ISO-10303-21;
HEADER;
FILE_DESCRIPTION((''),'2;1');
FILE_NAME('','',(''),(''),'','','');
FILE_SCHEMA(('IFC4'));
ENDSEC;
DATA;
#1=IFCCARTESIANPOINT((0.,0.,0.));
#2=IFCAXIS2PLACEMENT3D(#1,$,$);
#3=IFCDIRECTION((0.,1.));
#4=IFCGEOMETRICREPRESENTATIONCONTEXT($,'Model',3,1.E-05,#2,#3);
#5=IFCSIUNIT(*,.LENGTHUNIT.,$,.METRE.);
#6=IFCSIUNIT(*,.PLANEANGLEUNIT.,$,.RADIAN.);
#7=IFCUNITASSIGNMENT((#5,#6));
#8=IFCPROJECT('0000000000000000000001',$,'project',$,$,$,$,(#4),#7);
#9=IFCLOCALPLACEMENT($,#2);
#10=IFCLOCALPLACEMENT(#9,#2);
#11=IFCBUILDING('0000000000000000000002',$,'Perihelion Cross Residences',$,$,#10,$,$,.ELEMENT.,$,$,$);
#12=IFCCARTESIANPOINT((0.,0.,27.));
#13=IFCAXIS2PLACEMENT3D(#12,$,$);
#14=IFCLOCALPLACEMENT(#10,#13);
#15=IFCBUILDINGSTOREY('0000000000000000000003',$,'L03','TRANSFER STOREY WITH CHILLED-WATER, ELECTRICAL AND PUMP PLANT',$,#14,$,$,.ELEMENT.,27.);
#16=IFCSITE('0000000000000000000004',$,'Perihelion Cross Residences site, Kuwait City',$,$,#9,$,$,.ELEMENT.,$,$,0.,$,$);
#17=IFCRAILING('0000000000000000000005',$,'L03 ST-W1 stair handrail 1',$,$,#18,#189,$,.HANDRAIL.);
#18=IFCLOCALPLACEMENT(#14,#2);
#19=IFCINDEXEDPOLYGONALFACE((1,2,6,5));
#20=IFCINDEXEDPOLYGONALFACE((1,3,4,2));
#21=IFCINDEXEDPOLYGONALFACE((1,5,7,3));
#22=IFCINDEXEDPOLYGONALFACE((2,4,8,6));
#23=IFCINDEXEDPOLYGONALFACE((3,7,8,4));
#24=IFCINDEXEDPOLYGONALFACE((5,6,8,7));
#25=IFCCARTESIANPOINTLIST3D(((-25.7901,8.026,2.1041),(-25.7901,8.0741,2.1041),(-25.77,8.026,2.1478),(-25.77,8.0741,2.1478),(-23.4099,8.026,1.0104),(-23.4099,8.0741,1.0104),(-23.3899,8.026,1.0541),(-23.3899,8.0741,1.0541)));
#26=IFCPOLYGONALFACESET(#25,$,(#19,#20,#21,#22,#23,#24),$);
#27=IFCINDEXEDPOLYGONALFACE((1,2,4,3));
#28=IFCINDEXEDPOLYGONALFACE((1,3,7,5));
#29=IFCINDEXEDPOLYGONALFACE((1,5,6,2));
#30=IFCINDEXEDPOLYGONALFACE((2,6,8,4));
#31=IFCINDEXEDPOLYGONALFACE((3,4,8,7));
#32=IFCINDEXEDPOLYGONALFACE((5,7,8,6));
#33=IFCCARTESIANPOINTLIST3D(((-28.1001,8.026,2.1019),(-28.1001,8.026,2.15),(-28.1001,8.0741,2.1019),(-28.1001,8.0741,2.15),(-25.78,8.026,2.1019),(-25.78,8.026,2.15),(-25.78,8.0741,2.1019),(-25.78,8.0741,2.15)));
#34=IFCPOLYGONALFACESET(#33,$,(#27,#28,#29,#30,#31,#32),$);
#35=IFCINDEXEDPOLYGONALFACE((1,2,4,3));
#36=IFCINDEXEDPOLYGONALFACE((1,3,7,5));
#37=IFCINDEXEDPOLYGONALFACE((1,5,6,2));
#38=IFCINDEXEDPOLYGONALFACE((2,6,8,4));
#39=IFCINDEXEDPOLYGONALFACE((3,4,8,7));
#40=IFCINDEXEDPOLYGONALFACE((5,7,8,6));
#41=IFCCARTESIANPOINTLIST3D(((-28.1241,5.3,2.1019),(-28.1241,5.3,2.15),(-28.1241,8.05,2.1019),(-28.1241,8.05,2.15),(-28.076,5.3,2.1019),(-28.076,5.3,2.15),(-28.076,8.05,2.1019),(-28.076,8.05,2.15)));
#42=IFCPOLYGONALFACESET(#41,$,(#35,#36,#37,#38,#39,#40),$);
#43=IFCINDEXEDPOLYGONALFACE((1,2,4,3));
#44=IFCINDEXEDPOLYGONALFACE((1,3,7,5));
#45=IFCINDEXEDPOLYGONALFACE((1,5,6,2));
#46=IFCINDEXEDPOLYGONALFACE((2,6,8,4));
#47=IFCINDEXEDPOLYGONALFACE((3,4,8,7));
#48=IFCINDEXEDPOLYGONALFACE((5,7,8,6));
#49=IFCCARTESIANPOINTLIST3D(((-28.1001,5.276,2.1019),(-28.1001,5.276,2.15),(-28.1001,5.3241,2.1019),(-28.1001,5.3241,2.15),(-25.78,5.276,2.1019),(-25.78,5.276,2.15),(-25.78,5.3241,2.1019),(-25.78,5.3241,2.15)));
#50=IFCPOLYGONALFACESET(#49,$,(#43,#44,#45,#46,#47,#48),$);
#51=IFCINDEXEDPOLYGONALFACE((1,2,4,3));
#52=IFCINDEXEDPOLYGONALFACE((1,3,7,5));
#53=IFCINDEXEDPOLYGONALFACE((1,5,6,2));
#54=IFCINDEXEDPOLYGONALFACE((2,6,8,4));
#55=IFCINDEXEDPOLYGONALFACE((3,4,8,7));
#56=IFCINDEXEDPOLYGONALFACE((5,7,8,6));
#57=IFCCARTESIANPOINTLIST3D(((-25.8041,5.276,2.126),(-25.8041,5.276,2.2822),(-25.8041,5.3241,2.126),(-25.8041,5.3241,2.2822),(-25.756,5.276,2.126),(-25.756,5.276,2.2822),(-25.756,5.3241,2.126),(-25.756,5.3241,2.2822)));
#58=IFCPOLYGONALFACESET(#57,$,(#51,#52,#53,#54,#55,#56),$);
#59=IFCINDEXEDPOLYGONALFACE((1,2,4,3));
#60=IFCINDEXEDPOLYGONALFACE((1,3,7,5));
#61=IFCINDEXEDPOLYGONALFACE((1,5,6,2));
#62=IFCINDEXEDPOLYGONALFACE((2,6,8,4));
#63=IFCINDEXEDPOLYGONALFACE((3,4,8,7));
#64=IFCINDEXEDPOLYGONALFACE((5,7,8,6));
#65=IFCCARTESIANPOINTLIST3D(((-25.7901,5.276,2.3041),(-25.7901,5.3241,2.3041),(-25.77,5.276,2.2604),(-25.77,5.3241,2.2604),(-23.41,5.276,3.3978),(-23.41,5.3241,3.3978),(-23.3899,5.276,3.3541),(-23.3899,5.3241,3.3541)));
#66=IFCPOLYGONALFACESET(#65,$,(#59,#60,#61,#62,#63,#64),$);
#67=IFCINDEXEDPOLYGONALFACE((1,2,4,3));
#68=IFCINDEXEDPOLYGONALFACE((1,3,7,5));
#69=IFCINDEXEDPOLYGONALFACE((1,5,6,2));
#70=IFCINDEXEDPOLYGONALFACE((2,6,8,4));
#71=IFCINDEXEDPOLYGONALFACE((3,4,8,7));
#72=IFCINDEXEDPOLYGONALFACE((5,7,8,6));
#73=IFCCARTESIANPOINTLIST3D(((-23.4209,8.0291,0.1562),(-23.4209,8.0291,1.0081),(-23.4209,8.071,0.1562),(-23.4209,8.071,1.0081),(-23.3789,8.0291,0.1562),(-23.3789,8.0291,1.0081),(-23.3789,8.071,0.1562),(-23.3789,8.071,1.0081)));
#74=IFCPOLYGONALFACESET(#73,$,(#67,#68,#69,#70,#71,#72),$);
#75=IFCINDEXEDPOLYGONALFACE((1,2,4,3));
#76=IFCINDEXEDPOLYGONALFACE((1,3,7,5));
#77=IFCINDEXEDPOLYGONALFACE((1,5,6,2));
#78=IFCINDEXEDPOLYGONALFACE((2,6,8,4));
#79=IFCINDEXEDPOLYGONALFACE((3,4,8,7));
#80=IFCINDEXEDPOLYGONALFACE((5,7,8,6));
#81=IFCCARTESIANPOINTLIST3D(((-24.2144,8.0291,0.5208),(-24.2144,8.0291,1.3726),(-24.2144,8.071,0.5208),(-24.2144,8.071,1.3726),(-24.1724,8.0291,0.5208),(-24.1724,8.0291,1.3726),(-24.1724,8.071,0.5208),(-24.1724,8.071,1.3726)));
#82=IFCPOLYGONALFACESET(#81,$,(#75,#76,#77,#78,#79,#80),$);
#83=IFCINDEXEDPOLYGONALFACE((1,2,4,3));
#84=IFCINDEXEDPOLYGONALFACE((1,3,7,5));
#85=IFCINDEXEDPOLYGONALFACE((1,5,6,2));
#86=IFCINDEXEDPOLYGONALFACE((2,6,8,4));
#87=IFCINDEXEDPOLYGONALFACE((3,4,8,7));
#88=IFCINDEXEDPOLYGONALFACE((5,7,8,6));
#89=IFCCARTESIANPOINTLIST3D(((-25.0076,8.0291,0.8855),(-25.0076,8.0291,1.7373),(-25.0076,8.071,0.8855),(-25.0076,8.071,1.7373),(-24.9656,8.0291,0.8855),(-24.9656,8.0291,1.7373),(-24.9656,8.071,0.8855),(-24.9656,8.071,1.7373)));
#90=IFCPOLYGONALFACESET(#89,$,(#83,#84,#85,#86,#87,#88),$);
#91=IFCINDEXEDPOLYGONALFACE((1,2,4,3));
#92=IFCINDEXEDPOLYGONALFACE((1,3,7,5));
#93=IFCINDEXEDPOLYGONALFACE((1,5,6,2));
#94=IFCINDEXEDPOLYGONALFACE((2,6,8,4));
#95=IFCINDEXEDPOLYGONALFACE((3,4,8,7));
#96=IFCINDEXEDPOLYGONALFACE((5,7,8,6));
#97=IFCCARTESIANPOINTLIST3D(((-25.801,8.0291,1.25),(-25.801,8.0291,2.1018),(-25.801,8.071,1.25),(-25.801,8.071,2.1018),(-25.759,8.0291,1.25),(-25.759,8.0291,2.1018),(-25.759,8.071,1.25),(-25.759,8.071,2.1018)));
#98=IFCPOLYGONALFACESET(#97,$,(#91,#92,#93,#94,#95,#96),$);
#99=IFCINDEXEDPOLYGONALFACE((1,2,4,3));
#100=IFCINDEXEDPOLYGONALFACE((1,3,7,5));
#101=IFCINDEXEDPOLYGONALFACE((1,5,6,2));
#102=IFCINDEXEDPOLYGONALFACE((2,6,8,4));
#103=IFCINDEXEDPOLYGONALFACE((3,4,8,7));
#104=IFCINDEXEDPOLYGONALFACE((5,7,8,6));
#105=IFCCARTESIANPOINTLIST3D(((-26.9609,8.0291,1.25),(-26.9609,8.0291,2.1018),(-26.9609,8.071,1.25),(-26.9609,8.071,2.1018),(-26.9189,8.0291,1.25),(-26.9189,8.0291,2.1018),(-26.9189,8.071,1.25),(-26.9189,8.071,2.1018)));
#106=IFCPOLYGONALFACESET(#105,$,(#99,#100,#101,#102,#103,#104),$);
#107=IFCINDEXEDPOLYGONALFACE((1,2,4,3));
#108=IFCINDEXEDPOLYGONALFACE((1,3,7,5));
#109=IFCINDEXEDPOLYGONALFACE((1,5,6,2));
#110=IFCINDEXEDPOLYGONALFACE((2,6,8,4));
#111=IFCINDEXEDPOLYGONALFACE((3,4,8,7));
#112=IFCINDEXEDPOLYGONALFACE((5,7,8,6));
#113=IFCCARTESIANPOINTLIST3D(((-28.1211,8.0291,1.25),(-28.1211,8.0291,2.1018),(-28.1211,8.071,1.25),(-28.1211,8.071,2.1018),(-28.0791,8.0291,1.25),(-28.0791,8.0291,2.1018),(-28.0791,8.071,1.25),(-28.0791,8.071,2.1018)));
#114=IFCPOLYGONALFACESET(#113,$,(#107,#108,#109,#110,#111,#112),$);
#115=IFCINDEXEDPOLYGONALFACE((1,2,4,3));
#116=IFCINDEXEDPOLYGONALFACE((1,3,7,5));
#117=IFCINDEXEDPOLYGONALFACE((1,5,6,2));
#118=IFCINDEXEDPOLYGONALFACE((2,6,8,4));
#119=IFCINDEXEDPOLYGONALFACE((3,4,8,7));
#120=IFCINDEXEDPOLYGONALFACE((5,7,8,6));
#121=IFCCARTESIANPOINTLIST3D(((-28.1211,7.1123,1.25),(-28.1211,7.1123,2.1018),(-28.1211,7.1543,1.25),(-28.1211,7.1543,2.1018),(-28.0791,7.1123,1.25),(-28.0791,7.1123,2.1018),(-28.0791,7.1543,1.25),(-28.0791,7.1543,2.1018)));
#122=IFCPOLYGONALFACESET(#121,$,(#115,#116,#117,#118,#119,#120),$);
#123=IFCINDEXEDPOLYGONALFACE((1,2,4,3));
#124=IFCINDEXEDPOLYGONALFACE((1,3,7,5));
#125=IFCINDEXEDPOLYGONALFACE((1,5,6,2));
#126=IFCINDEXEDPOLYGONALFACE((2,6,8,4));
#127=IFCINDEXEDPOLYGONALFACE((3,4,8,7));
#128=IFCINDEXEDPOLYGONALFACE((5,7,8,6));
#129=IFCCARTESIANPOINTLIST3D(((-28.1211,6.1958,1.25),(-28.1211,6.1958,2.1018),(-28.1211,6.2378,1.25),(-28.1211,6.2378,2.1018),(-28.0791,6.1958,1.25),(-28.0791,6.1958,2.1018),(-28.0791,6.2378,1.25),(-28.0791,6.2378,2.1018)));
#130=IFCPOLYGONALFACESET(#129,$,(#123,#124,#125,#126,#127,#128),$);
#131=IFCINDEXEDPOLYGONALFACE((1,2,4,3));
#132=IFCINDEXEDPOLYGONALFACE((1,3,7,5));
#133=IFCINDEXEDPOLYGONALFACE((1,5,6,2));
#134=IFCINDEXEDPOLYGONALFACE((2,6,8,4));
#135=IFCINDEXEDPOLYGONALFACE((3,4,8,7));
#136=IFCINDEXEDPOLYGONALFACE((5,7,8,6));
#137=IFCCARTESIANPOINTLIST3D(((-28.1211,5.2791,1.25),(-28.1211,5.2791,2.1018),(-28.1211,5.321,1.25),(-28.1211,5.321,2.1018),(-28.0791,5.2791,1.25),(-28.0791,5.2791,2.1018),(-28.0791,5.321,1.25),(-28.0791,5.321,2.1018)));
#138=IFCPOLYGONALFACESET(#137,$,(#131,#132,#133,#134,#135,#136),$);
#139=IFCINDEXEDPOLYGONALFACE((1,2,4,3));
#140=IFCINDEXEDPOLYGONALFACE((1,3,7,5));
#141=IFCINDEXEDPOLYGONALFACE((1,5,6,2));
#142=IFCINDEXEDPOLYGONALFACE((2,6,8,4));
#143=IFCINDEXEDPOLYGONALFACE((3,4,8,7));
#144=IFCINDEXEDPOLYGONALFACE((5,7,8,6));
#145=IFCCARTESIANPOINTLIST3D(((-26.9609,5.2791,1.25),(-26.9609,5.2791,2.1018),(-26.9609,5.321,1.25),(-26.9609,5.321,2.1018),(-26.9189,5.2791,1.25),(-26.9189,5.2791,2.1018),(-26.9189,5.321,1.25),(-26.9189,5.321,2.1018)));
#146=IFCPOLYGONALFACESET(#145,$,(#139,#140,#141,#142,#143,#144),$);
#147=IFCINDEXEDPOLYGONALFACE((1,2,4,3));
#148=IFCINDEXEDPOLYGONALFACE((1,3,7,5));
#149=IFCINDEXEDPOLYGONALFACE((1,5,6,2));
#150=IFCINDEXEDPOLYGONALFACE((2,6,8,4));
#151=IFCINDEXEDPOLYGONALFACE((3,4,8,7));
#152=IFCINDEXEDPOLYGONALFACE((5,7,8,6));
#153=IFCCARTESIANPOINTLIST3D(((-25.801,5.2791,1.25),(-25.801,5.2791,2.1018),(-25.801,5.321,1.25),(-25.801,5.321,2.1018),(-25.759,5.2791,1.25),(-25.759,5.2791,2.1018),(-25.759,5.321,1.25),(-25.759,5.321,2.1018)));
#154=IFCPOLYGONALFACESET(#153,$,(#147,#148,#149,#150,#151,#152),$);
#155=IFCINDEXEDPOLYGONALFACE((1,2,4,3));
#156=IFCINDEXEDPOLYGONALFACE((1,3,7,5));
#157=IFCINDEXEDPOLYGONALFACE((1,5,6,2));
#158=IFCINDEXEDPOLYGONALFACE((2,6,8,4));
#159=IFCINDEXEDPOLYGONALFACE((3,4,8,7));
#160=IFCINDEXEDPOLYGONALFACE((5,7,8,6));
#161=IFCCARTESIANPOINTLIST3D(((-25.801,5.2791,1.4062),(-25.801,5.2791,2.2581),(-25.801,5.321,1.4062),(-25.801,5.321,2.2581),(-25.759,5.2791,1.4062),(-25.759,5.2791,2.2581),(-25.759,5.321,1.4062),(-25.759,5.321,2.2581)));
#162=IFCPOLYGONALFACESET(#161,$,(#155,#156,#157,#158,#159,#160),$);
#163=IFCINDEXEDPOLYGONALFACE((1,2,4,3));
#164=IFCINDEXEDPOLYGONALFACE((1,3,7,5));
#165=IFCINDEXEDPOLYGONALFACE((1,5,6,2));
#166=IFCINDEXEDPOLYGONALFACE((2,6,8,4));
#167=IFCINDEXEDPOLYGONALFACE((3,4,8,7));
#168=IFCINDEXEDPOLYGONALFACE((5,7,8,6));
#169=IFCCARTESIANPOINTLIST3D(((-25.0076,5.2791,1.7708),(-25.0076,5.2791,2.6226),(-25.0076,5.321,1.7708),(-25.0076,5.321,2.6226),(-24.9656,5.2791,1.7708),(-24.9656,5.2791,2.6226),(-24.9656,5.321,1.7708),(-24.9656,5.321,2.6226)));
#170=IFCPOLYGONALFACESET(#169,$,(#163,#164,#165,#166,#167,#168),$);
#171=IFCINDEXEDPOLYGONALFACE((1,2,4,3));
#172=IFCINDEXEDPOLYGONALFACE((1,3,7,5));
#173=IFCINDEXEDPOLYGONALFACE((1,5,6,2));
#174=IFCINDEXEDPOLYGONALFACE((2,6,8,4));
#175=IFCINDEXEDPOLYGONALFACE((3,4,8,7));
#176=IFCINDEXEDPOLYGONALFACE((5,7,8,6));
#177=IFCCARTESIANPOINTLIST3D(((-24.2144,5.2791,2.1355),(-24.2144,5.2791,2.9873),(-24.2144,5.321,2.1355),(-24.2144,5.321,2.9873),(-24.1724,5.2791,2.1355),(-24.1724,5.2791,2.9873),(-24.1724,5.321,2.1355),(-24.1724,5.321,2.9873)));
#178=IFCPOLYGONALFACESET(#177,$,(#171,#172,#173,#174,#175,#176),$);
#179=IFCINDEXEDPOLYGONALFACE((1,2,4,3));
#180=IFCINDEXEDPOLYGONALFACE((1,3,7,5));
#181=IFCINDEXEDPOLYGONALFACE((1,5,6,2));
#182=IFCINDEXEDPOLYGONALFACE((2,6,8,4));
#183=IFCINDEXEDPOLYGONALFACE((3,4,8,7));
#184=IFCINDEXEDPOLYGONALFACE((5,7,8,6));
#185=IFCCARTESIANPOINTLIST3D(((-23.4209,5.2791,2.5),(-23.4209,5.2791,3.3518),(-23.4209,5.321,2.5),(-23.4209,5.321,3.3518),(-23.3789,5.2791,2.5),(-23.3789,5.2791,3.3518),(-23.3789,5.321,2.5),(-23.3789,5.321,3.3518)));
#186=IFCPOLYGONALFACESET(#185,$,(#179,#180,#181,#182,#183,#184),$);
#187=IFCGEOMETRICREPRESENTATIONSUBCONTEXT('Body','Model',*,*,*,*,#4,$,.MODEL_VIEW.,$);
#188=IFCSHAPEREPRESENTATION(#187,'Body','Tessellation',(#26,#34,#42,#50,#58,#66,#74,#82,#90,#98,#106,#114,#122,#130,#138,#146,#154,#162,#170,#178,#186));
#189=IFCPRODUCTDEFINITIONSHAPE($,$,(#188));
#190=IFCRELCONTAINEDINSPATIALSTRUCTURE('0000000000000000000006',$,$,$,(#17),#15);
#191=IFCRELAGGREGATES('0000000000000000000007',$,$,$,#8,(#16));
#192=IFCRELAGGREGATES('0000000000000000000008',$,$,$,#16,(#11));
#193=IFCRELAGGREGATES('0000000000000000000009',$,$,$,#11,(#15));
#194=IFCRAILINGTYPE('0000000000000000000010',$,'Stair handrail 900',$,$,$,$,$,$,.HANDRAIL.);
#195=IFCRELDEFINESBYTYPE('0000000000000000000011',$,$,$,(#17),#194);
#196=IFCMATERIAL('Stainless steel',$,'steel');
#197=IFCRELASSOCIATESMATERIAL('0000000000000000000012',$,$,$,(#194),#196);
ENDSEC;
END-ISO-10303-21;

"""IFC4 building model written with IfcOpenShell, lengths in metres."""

from ifc_helpers import new_model, si_unit, direction, frame, origin, origin_2d, place, context, subcontext, project, spatial, rectangle, extrude, material, type_object, element, save


model = new_model("IFC4")

# Units and contexts
model_context = context("Model", 3, precision=1e-05, world=origin(), true_north=direction((0.0, 1.0)))
body_context = subcontext(model_context, "Body", "Model", "MODEL_VIEW")
ifc_project = project(units=[si_unit("LENGTHUNIT", "METRE"), si_unit("PLANEANGLEUNIT", "RADIAN")], contexts=[model_context])

# Site, building, storey
site_placement = place(None, origin())
site = spatial("IfcSite", under=ifc_project, at=site_placement, Name="Perihelion Cross Residences site, Kuwait City", CompositionType="ELEMENT", RefElevation=0.0)
building_placement = place(site_placement, origin())
building = spatial("IfcBuilding", under=site, at=building_placement, Name="Perihelion Cross Residences", CompositionType="ELEMENT")
storey_placement = place(building_placement, frame((0.0, 0.0, 27.0)))
storey = spatial("IfcBuildingStorey", under=building, at=storey_placement, Name="L03", Description="TRANSFER STOREY WITH CHILLED-WATER, ELECTRICAL AND PUMP PLANT", CompositionType="ELEMENT", Elevation=27.0)

# Railing
ifc_material_1 = material(Name="Stainless steel", Category="steel")
railing_type_1 = type_object("IfcRailingType", Name="Stair handrail 900", PredefinedType="HANDRAIL", material=ifc_material_1)
railing_1_placement = place(storey_placement, frame((-23.3999, 8.05, 0.1562)))
element("IfcRailing", 1, at=railing_1_placement, inside=storey, type_object=railing_type_1, Name="L03 ST-W1 stair handrail 1", PredefinedType="HANDRAIL", context=body_context, shape_type="SweptSolid", body=[
    extrude(rectangle(XDim=0.0481, YDim=0.0481, at=origin_2d()), frame((0.0, 0.0, 0.876), z_axis=(-0.908651, 0.0, 0.417556), x_axis=(0.0, -1.0, 0.0)), (0.0, 0.0, 1.0), 2.6194),
    extrude(rectangle(XDim=0.0481, YDim=0.0481, at=origin_2d()), frame((-2.3801, 0.0, 1.9697), z_axis=(-1.0, 0.0, 0.0), x_axis=(0.0, -1.0, 0.0)), (0.0, 0.0, 1.0), 2.3201),
    extrude(rectangle(XDim=0.0481, YDim=0.0481, at=origin_2d()), frame((-4.7002, 0.0, 1.9697), z_axis=(0.0, -1.0, 0.0), x_axis=(1.0, 0.0, 0.0)), (0.0, 0.0, 1.0), 2.75),
    extrude(rectangle(XDim=0.0481, YDim=0.0481, at=origin_2d()), frame((-4.7002, -2.75, 1.9697), z_axis=(1.0, 0.0, 0.0), x_axis=(0.0, 1.0, 0.0)), (0.0, 0.0, 1.0), 2.3201),
    extrude(rectangle(XDim=0.0481, YDim=0.0481, at=origin_2d()), frame((-2.3801, -2.75, 1.9697), z_axis=(0.0, 0.0, 1.0), x_axis=(1.0, 0.0, 0.0)), (0.0, 0.0, 1.0), 0.1562),
    extrude(rectangle(XDim=0.0481, YDim=0.0481, at=origin_2d()), frame((-2.3801, -2.75, 2.126), z_axis=(0.908651, 0.0, 0.417556), x_axis=(0.0, 1.0, 0.0)), (0.0, 0.0, 1.0), 2.6194),
    extrude(rectangle(XDim=0.042, YDim=0.042, at=origin_2d()), origin(), (0.0, 0.0, 1.0), 0.8518),
    extrude(rectangle(XDim=0.042, YDim=0.042, at=origin_2d()), frame((-0.7935, 0.0, 0.3645)), (0.0, 0.0, 1.0), 0.8518),
    extrude(rectangle(XDim=0.042, YDim=0.042, at=origin_2d()), frame((-1.5867, 0.0, 0.7292)), (0.0, 0.0, 1.0), 0.8518),
    extrude(rectangle(XDim=0.042, YDim=0.042, at=origin_2d()), frame((-2.3801, 0.0, 1.0938)), (0.0, 0.0, 1.0), 0.8518),
    extrude(rectangle(XDim=0.042, YDim=0.042, at=origin_2d()), frame((-3.54, 0.0, 1.0938)), (0.0, 0.0, 1.0), 0.8518),
    extrude(rectangle(XDim=0.042, YDim=0.042, at=origin_2d()), frame((-4.7002, 0.0, 1.0938)), (0.0, 0.0, 1.0), 0.8518),
    extrude(rectangle(XDim=0.042, YDim=0.042, at=origin_2d()), frame((-4.7002, -0.9167, 1.0938)), (0.0, 0.0, 1.0), 0.8518),
    extrude(rectangle(XDim=0.042, YDim=0.042, at=origin_2d()), frame((-4.7002, -1.8333, 1.0938)), (0.0, 0.0, 1.0), 0.8518),
    extrude(rectangle(XDim=0.042, YDim=0.042, at=origin_2d()), frame((-4.7002, -2.75, 1.0938)), (0.0, 0.0, 1.0), 0.8518),
    extrude(rectangle(XDim=0.042, YDim=0.042, at=origin_2d()), frame((-3.54, -2.75, 1.0938)), (0.0, 0.0, 1.0), 0.8518),
    extrude(rectangle(XDim=0.042, YDim=0.042, at=origin_2d()), frame((-2.3801, -2.75, 1.0938)), (0.0, 0.0, 1.0), 0.8518),
    extrude(rectangle(XDim=0.042, YDim=0.042, at=origin_2d()), frame((-2.3801, -2.75, 1.25)), (0.0, 0.0, 1.0), 0.8518),
    extrude(rectangle(XDim=0.042, YDim=0.042, at=origin_2d()), frame((-1.5867, -2.75, 1.6145)), (0.0, 0.0, 1.0), 0.8518),
    extrude(rectangle(XDim=0.042, YDim=0.042, at=origin_2d()), frame((-0.7935, -2.75, 1.9792)), (0.0, 0.0, 1.0), 0.8518),
    extrude(rectangle(XDim=0.042, YDim=0.042, at=origin_2d()), frame((0.0, -2.75, 2.3438)), (0.0, 0.0, 1.0), 0.8518),
])

save(model, "model.ifc")
